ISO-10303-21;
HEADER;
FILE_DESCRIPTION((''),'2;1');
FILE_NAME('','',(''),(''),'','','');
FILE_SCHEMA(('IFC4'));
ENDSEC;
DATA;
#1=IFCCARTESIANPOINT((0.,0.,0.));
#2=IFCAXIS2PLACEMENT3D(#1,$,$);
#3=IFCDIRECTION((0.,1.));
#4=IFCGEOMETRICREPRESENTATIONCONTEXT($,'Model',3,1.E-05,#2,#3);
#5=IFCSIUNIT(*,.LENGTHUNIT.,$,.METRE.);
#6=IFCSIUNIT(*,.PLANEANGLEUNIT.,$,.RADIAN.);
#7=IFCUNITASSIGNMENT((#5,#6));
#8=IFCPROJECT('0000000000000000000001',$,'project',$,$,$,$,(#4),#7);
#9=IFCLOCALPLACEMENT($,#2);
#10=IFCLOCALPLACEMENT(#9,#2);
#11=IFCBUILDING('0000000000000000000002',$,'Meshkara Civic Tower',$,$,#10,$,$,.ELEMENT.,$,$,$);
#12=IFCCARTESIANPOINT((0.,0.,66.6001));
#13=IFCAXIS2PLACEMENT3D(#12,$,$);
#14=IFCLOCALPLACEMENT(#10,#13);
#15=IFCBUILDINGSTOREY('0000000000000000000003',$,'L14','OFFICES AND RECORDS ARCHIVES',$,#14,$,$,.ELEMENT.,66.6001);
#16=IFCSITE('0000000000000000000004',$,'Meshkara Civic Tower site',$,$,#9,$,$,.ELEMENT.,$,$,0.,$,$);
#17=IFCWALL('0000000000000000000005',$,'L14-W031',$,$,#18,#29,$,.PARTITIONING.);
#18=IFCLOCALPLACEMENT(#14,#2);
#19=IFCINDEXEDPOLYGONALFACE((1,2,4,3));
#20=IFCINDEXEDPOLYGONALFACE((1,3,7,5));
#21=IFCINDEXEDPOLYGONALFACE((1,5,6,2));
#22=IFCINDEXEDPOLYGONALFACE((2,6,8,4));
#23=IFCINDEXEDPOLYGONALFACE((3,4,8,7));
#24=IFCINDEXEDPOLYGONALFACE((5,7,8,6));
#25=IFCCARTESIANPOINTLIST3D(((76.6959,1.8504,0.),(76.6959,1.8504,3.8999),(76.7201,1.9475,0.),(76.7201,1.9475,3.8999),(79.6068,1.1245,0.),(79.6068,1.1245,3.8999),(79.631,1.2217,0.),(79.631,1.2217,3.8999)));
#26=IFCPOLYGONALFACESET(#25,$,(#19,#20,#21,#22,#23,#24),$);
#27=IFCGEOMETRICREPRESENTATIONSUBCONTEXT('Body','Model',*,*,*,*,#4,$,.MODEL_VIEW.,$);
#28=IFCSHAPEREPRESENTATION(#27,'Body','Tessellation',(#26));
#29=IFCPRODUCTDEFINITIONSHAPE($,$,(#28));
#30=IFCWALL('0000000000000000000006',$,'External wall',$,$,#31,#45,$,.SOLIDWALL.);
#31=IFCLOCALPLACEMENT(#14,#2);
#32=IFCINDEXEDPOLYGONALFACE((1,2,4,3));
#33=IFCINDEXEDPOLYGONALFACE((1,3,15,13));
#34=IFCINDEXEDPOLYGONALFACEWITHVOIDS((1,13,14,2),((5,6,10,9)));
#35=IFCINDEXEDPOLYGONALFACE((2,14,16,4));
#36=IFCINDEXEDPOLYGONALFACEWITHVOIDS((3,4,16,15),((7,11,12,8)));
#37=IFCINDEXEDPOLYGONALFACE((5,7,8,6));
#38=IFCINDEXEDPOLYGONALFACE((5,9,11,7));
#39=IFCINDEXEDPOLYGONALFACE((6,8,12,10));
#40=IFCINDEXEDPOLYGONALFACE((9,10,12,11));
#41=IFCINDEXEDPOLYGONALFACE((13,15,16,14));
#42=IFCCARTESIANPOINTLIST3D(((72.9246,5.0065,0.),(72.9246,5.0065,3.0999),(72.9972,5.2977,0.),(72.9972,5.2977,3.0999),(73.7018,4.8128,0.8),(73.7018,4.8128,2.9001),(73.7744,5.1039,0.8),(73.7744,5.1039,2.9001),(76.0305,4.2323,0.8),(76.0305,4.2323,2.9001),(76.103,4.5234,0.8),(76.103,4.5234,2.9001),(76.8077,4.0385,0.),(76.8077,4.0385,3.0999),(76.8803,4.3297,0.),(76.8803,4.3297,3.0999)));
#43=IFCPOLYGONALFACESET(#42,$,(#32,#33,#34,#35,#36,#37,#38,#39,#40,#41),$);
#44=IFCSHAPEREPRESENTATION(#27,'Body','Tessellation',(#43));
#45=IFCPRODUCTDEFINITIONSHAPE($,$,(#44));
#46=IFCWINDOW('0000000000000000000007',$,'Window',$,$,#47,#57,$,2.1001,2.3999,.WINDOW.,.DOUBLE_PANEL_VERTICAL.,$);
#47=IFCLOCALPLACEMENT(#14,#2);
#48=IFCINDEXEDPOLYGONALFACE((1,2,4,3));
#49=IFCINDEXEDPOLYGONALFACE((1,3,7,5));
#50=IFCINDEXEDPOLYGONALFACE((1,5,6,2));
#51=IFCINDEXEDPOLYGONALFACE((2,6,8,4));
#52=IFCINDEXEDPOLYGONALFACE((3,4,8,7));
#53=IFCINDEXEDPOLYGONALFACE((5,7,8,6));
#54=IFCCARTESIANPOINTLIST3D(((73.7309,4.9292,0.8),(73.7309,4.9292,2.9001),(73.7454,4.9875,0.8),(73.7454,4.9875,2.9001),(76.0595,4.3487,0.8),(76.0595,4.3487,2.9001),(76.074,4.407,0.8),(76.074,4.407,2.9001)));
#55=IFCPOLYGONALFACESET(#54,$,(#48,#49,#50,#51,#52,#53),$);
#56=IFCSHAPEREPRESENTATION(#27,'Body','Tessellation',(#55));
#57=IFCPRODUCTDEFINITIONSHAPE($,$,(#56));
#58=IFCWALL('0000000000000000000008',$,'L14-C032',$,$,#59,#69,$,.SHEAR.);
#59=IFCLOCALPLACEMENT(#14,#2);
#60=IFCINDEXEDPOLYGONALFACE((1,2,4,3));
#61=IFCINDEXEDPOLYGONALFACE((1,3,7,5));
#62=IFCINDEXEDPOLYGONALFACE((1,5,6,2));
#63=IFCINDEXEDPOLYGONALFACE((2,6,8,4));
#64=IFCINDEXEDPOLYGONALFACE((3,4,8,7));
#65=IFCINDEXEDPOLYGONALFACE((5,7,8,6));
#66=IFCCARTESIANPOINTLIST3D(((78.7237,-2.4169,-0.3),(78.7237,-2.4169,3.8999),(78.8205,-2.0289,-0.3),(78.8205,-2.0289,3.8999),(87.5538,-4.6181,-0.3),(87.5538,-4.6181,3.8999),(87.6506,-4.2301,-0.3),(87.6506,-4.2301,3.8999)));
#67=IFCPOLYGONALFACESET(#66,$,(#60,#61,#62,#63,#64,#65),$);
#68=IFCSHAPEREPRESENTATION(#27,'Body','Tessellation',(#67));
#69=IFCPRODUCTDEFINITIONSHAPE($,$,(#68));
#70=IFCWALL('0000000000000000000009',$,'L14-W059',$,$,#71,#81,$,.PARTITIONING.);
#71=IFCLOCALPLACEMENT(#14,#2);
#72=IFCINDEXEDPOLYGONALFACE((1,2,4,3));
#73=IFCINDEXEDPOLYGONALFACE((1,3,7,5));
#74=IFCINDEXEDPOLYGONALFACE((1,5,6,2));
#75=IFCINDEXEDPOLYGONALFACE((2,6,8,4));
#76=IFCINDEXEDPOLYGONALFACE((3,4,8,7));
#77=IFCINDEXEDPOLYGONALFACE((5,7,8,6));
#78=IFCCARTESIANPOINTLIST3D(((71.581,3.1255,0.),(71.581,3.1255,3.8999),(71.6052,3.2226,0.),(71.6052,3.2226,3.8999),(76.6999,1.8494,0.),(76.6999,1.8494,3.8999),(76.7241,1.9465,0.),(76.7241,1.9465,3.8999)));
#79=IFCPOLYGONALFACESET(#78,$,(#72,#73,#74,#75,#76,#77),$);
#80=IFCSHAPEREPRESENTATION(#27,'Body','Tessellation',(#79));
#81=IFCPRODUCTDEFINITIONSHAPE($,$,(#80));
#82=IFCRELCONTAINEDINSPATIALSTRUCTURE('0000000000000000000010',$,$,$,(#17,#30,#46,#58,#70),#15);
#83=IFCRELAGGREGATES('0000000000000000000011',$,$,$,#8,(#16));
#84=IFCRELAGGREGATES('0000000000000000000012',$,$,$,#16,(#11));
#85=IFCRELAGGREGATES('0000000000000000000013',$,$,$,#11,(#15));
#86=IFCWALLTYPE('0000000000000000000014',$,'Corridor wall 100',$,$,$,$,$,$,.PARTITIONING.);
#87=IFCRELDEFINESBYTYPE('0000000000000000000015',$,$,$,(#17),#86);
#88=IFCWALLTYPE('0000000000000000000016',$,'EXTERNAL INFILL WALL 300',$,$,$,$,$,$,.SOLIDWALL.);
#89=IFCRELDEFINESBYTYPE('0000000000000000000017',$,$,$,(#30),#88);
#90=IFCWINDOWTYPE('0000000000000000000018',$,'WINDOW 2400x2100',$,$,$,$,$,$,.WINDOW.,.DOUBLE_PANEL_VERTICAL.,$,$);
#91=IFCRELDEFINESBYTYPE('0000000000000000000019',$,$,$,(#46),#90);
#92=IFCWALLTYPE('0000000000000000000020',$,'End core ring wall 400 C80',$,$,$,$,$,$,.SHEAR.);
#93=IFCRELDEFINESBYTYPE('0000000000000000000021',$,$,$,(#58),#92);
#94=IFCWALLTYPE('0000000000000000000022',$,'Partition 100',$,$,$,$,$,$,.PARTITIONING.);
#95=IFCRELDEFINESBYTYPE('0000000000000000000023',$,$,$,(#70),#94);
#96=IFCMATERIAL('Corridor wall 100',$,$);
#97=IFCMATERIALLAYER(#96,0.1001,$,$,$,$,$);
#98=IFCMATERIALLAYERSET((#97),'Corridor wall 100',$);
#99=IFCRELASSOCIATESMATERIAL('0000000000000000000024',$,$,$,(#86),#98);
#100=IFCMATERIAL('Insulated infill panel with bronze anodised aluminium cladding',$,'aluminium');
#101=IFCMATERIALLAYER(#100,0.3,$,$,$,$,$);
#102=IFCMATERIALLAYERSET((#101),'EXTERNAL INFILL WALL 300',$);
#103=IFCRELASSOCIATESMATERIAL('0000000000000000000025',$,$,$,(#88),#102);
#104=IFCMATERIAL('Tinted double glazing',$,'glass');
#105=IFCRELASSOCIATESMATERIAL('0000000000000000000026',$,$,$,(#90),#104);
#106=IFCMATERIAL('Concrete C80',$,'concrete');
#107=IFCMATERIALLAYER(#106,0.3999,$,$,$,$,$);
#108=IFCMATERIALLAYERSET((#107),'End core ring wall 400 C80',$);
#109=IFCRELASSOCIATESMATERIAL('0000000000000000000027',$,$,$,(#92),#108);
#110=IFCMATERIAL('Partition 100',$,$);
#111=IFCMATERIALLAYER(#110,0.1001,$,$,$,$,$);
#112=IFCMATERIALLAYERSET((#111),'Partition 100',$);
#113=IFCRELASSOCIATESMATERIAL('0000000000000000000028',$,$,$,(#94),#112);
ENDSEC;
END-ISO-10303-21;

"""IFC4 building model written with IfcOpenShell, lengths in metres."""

from ifc_helpers import new_model, si_unit, direction, frame, frame_2d, origin, place, context, subcontext, project, spatial, rectangle, extrude, material, layer, layer_set, type_object, element, fill, save


model = new_model("IFC4")

# Units and contexts
model_context = context("Model", 3, precision=1e-05, world=origin(), true_north=direction((0.0, 1.0)))
body_context = subcontext(model_context, "Body", "Model", "MODEL_VIEW")
ifc_project = project(units=[si_unit("LENGTHUNIT", "METRE"), si_unit("PLANEANGLEUNIT", "RADIAN")], contexts=[model_context])

# Site, building, storey
site_placement = place(None, origin())
site = spatial("IfcSite", under=ifc_project, at=site_placement, Name="Meshkara Civic Tower site", CompositionType="ELEMENT", RefElevation=0.0)
building_placement = place(site_placement, origin())
building = spatial("IfcBuilding", under=site, at=building_placement, Name="Meshkara Civic Tower", CompositionType="ELEMENT")
storey_placement = place(building_placement, frame((0.0, 0.0, 66.6001)))
storey = spatial("IfcBuildingStorey", under=building, at=storey_placement, Name="L14", Description="OFFICES AND RECORDS ARCHIVES", CompositionType="ELEMENT", Elevation=66.6001)

# Shared definitions
ifc_material_1 = material(Name="Corridor wall 100")
ifc_layer_1 = layer(ifc_material_1, 0.1001)
ifc_layer_set_1 = layer_set([ifc_layer_1], Name="Corridor wall 100")
wall_type_1 = type_object("IfcWallType", Name="Corridor wall 100", PredefinedType="PARTITIONING", material=ifc_layer_set_1)

# Wall
wall_1_placement = place(storey_placement, frame((79.6189, 1.1731, 0.0), z_axis=(0.0, 0.0, 1.0), x_axis=(-0.970291, 0.241942, 0.0)))
element("IfcWall", 1, at=wall_1_placement, inside=storey, type_object=wall_type_1, Name="L14-W031", PredefinedType="PARTITIONING", context=body_context, shape_type="SweptSolid", body=[
    extrude(rectangle(XDim=3.0, YDim=0.1001, at=frame_2d((1.5, 0.0))), origin(), (0.0, 0.0, 1.0), 3.8999),
])

# Wall, opening, window
ifc_material_2 = material(Name="Insulated infill panel with bronze anodised aluminium cladding", Category="aluminium")
ifc_layer_2 = layer(ifc_material_2, 0.3)
ifc_layer_set_2 = layer_set([ifc_layer_2], Name="EXTERNAL INFILL WALL 300")
wall_type_2 = type_object("IfcWallType", Name="EXTERNAL INFILL WALL 300", PredefinedType="SOLIDWALL", material=ifc_layer_set_2)
wall_2_placement = place(storey_placement, frame((76.844, 4.1841, 0.0), z_axis=(0.0, 0.0, 1.0), x_axis=(-0.970304, 0.24189, 0.0)))
wall_2 = element("IfcWall", 2, at=wall_2_placement, inside=storey, type_object=wall_type_2, Name="External wall", PredefinedType="SOLIDWALL", context=body_context, shape_type="SweptSolid", body=[
    extrude(rectangle(XDim=4.002, YDim=0.3, at=frame_2d((2.001, 0.0))), origin(), (0.0, 0.0, 1.0), 3.0999),
])
opening_1_placement = place(wall_2_placement, frame((0.801, 0.0, 0.8)))
opening_1 = element("IfcOpeningElement", 3, at=opening_1_placement, cuts=wall_2, PredefinedType="OPENING", context=body_context, shape_type="SweptSolid", body=[
    extrude(rectangle(XDim=2.3999, YDim=2.1001, at=frame_2d((1.2, 1.05))), frame((0.0, 0.1599, 0.0), z_axis=(0.0, -1.0, 0.0), x_axis=(1.0, 0.0, 0.0)), (0.0, 0.0, 1.0), 0.3201),
])
ifc_material_3 = material(Name="Tinted double glazing", Category="glass")
window_type = type_object("IfcWindowType", Name="WINDOW 2400x2100", PartitioningType="DOUBLE_PANEL_VERTICAL", PredefinedType="WINDOW", material=ifc_material_3)
window_placement = place(opening_1_placement, origin())
window = element("IfcWindow", 4, at=window_placement, inside=storey, type_object=window_type, Name="Window", OverallHeight=2.1001, OverallWidth=2.3999, PartitioningType="DOUBLE_PANEL_VERTICAL", PredefinedType="WINDOW", context=body_context, shape_type="SweptSolid", body=[
    extrude(rectangle(XDim=2.3999, YDim=2.1001, at=frame_2d((1.2, 1.05))), frame((0.0, 0.03, 0.0), z_axis=(0.0, -1.0, 0.0), x_axis=(1.0, 0.0, 0.0)), (0.0, 0.0, 1.0), 0.0601),
])
fill(opening_1, window)

# Walls
ifc_material_4 = material(Name="Concrete C80", Category="concrete")
ifc_layer_3 = layer(ifc_material_4, 0.3999)
ifc_layer_set_3 = layer_set([ifc_layer_3], Name="End core ring wall 400 C80")
wall_type_3 = type_object("IfcWallType", Name="End core ring wall 400 C80", PredefinedType="SHEAR", material=ifc_layer_set_3)
wall_3_placement = place(storey_placement, frame((78.772, -2.2229, -0.3), z_axis=(0.0, 0.0, 1.0), x_axis=(0.970306, -0.241879, 0.0)))
element("IfcWall", 5, at=wall_3_placement, inside=storey, type_object=wall_type_3, Name="L14-C032", PredefinedType="SHEAR", context=body_context, shape_type="SweptSolid", body=[
    extrude(rectangle(XDim=9.1003, YDim=0.3999, at=frame_2d((4.5503, 0.0))), origin(), (0.0, 0.0, 1.0), 4.2),
])
ifc_material_5 = material(Name="Partition 100")
ifc_layer_4 = layer(ifc_material_5, 0.1001)
ifc_layer_set_4 = layer_set([ifc_layer_4], Name="Partition 100")
wall_type_4 = type_object("IfcWallType", Name="Partition 100", PredefinedType="PARTITIONING", material=ifc_layer_set_4)
wall_4_placement = place(storey_placement, frame((76.7119, 1.8979, 0.0), z_axis=(0.0, 0.0, 1.0), x_axis=(-0.970303, 0.241893, 0.0)))
element("IfcWall", 6, at=wall_4_placement, inside=storey, type_object=wall_type_4, Name="L14-W059", PredefinedType="PARTITIONING", context=body_context, shape_type="SweptSolid", body=[
    extrude(rectangle(XDim=5.2756, YDim=0.1001, at=frame_2d((2.6377, 0.0))), origin(), (0.0, 0.0, 1.0), 3.8999),
])

save(model, "model.ifc")
